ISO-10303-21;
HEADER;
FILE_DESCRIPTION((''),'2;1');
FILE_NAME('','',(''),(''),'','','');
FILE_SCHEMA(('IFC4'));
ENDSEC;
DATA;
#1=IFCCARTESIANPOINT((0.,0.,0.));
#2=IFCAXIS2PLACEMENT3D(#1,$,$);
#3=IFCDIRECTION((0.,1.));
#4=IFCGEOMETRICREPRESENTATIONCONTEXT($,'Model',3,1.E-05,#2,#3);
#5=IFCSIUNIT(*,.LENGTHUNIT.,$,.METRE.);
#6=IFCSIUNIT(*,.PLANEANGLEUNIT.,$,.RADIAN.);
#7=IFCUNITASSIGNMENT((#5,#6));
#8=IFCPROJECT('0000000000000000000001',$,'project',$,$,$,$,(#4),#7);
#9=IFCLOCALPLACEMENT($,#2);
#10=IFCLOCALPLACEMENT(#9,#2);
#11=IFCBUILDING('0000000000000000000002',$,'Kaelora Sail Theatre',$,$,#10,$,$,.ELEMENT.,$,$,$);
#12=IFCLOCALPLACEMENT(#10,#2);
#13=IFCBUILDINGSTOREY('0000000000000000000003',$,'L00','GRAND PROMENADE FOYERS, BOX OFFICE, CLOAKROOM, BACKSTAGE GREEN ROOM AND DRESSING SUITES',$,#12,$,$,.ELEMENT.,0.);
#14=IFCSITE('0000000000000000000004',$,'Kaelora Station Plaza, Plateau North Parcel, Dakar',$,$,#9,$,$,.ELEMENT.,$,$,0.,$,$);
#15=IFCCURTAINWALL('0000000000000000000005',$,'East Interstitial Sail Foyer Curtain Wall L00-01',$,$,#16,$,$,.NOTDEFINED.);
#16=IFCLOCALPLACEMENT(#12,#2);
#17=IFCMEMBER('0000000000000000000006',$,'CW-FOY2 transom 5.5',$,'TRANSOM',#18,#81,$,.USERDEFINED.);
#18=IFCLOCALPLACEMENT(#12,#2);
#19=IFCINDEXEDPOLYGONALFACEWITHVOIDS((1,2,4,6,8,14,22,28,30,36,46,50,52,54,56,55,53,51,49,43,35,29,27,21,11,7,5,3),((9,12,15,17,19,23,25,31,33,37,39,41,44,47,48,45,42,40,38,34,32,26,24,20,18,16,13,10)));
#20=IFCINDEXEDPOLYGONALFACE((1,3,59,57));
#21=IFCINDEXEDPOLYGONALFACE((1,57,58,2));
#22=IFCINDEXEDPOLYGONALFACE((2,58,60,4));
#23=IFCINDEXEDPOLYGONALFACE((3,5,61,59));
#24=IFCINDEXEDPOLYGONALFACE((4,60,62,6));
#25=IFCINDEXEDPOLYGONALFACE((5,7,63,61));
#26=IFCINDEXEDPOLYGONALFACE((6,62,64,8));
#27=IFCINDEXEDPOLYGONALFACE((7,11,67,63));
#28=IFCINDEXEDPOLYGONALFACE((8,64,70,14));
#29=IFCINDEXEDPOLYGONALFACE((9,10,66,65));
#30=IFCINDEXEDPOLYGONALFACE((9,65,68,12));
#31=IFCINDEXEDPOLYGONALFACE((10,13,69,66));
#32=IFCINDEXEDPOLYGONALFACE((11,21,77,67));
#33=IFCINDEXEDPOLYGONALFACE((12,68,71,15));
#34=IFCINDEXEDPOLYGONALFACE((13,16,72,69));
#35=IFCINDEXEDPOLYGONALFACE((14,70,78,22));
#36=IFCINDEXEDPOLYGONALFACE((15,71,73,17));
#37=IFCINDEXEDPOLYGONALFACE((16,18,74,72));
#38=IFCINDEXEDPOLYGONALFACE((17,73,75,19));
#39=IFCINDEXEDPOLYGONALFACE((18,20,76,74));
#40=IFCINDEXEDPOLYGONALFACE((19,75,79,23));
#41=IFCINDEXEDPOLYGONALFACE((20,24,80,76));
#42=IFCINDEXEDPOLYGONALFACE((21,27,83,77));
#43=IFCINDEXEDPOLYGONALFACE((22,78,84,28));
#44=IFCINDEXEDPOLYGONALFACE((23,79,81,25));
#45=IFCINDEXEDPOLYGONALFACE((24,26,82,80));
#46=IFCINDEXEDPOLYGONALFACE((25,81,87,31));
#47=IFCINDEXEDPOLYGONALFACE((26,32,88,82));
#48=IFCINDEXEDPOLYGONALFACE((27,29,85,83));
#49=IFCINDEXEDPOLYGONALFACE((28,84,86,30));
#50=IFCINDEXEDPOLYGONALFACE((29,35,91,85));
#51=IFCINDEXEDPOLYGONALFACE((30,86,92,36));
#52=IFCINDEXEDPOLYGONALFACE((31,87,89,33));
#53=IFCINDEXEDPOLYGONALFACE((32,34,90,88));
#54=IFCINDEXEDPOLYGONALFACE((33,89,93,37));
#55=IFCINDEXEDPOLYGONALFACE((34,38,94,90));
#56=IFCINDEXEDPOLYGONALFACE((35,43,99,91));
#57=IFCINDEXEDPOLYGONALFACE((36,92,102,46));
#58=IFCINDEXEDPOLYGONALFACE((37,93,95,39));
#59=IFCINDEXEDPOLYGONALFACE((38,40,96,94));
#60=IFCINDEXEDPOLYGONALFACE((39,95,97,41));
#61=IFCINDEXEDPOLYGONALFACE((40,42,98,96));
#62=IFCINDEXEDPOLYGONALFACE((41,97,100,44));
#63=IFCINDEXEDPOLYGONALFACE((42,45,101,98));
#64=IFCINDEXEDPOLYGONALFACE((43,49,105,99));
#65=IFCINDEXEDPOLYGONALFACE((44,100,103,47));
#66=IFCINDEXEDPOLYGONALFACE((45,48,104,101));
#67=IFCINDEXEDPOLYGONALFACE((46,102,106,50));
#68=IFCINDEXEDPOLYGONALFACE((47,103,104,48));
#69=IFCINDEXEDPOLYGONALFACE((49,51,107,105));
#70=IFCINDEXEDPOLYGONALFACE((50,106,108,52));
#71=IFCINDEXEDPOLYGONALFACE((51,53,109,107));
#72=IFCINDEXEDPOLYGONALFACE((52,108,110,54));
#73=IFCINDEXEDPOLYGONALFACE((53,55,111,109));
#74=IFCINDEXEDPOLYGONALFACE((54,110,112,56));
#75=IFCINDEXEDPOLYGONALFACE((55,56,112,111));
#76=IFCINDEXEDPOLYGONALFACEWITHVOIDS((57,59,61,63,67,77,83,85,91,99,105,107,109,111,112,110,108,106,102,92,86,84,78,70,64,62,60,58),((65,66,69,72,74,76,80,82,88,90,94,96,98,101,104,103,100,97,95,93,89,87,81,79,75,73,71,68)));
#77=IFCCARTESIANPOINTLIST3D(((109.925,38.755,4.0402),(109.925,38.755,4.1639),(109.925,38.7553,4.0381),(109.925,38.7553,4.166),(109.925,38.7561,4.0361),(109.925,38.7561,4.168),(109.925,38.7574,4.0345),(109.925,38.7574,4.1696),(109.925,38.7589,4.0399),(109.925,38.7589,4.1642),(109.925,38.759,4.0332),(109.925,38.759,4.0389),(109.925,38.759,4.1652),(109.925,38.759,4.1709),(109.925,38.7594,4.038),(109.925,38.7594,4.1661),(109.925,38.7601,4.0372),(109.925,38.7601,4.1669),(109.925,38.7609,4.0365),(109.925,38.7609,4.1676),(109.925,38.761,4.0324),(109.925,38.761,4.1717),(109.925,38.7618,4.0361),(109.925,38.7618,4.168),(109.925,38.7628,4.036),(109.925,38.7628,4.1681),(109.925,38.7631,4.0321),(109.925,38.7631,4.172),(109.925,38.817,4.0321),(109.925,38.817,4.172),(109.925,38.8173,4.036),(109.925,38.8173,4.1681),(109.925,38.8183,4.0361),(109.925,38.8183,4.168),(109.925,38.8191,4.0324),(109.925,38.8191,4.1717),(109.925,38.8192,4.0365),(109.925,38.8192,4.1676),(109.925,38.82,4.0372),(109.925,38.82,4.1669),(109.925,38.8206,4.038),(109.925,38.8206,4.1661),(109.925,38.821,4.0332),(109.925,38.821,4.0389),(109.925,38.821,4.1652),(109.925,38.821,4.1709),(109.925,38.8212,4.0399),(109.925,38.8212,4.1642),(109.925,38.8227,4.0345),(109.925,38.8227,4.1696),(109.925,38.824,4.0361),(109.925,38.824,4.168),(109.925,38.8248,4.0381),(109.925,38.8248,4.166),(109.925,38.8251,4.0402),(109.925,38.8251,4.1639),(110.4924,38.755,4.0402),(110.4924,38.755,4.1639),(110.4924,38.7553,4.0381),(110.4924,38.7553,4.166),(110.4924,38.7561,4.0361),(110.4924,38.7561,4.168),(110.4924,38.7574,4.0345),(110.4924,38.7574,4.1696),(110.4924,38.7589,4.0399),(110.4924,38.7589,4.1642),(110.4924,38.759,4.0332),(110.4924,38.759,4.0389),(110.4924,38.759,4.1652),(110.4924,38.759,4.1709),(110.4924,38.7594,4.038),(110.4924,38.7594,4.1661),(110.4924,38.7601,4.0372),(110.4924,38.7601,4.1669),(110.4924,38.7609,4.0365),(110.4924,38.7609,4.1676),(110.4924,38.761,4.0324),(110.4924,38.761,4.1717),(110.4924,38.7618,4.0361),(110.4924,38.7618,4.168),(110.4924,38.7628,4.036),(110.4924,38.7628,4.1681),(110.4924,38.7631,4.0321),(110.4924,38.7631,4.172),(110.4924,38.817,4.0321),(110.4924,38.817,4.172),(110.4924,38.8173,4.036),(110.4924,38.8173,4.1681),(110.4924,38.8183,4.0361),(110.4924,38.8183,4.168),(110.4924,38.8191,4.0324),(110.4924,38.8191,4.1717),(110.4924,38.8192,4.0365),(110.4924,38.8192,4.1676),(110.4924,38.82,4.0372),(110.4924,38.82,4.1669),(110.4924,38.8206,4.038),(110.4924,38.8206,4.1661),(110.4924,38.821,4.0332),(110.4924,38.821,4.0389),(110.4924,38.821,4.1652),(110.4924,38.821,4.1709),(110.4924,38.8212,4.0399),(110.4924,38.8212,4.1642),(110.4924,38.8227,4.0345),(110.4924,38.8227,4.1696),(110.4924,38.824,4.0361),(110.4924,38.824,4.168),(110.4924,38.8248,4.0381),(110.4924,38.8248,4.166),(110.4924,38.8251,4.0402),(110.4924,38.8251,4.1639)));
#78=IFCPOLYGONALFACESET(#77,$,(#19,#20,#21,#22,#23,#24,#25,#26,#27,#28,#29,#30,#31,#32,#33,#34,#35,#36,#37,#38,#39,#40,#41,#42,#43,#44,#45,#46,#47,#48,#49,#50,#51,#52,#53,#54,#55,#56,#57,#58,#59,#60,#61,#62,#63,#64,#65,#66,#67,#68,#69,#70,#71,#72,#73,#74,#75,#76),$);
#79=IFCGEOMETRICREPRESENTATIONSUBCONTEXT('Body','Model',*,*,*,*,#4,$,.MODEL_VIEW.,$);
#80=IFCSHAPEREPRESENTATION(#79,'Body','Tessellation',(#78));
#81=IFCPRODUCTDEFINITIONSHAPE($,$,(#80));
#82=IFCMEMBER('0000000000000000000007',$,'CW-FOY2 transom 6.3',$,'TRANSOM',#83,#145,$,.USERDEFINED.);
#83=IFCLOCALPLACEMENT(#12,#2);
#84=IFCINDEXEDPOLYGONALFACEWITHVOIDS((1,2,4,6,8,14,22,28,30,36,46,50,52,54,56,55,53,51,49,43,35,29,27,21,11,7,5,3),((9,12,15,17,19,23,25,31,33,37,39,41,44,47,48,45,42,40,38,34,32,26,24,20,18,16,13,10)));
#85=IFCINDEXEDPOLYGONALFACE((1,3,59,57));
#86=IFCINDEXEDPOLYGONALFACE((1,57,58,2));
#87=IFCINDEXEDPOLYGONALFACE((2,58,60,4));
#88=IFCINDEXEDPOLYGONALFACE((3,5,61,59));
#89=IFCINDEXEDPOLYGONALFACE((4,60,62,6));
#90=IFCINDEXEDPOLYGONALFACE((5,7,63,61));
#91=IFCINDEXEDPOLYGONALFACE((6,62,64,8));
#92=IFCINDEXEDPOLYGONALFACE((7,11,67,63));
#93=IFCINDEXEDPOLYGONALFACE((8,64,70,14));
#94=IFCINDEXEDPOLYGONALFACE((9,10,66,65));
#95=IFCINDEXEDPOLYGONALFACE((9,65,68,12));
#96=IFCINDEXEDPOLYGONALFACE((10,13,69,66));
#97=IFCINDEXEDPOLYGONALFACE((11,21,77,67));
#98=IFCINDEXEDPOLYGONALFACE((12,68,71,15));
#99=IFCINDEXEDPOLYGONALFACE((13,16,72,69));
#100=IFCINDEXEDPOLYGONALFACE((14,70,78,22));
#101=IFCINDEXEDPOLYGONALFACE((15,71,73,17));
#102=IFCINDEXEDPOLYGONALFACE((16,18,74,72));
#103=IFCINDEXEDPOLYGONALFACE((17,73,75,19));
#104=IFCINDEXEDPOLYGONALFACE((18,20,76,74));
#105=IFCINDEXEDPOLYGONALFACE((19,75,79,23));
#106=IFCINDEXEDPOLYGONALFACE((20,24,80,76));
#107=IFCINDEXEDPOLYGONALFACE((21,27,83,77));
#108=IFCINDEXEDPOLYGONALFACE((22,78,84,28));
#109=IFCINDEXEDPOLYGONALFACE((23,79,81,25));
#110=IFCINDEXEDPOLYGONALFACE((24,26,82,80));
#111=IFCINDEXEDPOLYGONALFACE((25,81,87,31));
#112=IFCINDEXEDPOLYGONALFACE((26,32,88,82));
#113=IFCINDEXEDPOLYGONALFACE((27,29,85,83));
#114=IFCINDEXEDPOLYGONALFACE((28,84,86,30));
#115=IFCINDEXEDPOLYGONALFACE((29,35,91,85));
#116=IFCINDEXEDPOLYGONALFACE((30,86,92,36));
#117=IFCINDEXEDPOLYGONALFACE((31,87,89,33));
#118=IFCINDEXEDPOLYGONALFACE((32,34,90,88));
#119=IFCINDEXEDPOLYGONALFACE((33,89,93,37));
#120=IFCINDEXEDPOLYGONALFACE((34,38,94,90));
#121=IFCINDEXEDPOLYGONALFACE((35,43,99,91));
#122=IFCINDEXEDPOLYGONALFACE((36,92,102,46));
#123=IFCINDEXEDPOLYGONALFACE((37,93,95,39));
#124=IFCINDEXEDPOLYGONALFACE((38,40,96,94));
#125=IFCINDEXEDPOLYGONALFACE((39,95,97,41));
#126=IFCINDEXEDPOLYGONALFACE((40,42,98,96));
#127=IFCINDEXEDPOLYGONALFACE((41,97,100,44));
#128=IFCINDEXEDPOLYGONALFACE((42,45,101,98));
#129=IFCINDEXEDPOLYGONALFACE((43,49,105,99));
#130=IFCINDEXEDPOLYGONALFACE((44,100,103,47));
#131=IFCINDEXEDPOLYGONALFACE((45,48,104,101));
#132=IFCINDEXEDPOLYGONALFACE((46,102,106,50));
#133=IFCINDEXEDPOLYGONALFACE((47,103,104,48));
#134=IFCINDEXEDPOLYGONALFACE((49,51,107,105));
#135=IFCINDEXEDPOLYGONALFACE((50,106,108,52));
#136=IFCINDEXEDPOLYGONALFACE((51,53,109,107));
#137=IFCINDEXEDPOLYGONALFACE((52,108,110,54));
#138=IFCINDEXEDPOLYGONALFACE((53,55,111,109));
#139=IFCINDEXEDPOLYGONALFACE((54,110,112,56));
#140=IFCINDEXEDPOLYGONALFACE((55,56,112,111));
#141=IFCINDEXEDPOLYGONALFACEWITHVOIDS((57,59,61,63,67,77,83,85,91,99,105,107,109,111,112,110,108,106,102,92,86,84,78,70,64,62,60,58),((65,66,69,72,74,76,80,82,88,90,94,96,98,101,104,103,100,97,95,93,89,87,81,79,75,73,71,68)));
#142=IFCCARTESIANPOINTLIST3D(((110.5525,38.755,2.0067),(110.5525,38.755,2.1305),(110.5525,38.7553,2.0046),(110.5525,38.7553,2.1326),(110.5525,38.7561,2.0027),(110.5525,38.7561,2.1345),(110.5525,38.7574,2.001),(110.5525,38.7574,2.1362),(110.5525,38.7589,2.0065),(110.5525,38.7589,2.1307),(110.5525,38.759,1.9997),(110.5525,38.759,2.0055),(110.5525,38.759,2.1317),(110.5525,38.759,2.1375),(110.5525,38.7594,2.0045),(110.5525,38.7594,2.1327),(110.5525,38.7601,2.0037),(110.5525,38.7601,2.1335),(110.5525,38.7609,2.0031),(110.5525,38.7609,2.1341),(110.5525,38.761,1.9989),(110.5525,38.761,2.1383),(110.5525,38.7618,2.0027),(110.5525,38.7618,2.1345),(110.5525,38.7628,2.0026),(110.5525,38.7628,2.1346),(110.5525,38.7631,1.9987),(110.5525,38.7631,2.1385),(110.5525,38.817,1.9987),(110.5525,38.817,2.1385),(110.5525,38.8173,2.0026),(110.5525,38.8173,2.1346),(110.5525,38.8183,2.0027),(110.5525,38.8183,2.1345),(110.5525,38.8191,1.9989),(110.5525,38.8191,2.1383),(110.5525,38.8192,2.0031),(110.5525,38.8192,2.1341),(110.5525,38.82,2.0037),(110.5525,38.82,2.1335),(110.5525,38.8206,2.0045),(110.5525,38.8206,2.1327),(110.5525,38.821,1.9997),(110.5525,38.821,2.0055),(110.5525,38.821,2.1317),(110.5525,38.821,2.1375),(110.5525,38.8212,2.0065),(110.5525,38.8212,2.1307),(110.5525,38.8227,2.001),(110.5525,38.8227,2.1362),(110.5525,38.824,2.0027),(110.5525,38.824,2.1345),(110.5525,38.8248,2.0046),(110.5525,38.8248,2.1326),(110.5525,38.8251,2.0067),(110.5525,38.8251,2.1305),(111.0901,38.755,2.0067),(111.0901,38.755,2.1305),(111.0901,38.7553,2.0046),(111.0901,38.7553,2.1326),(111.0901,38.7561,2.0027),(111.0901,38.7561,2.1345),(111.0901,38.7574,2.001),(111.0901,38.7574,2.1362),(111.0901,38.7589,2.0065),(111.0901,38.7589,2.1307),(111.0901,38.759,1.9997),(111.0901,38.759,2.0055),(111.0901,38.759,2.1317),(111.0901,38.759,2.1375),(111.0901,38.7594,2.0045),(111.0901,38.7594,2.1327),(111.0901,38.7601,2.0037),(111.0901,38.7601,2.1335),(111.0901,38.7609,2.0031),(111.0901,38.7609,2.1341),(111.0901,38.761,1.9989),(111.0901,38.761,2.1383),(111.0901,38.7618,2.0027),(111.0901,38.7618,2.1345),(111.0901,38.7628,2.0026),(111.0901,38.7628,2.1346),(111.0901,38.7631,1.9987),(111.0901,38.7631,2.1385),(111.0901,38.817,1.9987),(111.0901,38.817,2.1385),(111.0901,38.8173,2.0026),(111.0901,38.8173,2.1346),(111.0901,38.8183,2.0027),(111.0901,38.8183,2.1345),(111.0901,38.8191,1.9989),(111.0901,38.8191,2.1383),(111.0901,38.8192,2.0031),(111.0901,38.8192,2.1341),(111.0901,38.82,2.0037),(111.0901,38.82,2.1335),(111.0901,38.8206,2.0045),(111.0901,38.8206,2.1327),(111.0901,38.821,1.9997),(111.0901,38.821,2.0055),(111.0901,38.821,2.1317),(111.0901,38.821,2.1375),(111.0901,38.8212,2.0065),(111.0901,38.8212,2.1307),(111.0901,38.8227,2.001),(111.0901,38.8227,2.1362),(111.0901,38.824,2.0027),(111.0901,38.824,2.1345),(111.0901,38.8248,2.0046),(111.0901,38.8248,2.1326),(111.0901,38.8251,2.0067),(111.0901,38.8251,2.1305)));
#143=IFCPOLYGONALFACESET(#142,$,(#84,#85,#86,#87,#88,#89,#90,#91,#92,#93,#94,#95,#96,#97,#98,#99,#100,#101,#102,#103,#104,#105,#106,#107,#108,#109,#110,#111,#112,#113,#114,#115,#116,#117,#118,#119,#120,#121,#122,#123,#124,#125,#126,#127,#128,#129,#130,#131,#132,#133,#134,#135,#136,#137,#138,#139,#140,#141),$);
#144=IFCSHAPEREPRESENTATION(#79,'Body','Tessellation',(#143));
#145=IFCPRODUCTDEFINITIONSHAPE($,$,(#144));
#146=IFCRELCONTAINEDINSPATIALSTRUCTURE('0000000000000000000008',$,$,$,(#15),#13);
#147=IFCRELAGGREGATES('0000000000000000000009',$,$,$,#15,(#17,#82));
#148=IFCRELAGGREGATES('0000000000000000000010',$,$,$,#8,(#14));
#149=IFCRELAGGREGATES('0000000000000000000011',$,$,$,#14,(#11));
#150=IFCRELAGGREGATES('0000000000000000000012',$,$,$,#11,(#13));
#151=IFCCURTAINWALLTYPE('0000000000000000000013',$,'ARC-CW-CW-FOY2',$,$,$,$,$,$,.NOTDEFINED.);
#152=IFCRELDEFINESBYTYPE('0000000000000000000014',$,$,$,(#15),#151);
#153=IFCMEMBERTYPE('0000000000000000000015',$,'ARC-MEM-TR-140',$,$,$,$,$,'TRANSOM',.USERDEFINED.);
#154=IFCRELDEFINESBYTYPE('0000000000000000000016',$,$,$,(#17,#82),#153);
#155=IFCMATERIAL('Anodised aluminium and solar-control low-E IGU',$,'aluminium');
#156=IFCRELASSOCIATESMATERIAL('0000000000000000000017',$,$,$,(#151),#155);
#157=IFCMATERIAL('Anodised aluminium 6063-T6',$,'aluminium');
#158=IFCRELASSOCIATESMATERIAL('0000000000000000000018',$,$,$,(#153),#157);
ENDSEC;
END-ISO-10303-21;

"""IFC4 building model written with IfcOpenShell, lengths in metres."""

from ifc_helpers import new_model, si_unit, direction, frame, origin, origin_2d, place, context, subcontext, project, spatial, hollow_rectangle, extrude, material, material_profile, profile_set, type_object, element, aggregate, save


model = new_model("IFC4")

# Units and contexts
model_context = context("Model", 3, precision=1e-05, world=origin(), true_north=direction((0.0, 1.0)))
body_context = subcontext(model_context, "Body", "Model", "MODEL_VIEW")
ifc_project = project(units=[si_unit("LENGTHUNIT", "METRE"), si_unit("PLANEANGLEUNIT", "RADIAN")], contexts=[model_context])

# Site, building, storey
site_placement = place(None, origin())
site = spatial("IfcSite", under=ifc_project, at=site_placement, Name="Kaelora Station Plaza, Plateau North Parcel, Dakar", CompositionType="ELEMENT", RefElevation=0.0)
building_placement = place(site_placement, origin())
building = spatial("IfcBuilding", under=site, at=building_placement, Name="Kaelora Sail Theatre", CompositionType="ELEMENT")
storey_placement = place(building_placement, origin())
storey = spatial("IfcBuildingStorey", under=building, at=storey_placement, Name="L00", Description="GRAND PROMENADE FOYERS, BOX OFFICE, CLOAKROOM, BACKSTAGE GREEN ROOM AND DRESSING SUITES", CompositionType="ELEMENT", Elevation=0.0)

# Curtain wall, members
ifc_material_1 = material(Name="Anodised aluminium and solar-control low-E IGU", Category="aluminium")
curtain_wall_type = type_object("IfcCurtainWallType", Name="ARC-CW-CW-FOY2", PredefinedType="NOTDEFINED", material=ifc_material_1)
curtain_wall_1_placement = place(storey_placement, origin())
curtain_wall_1 = element("IfcCurtainWall", 1, at=curtain_wall_1_placement, inside=storey, type_object=curtain_wall_type, Name="East Interstitial Sail Foyer Curtain Wall L00-01", PredefinedType="NOTDEFINED")
ifc_material_2 = material(Name="Anodised aluminium 6063-T6", Category="aluminium")
ifc_material_profile = material_profile(ifc_material_2, hollow_rectangle(XDim=0.0701, YDim=0.1399, WallThickness=0.0039, InnerFilletRadius=0.0039, OuterFilletRadius=0.0081, at=origin_2d()), Name="ALU-TRAN 70x140x4")
ifc_profile_set = profile_set([ifc_material_profile], Name="Anodised aluminium 6063-T6")
member_type = type_object("IfcMemberType", Name="ARC-MEM-TR-140", ElementType="TRANSOM", PredefinedType="USERDEFINED", material=ifc_profile_set)
member_1_placement = place(storey_placement, frame((109.925, 38.79, 4.1021), z_axis=(1.0, 0.0, 0.0), x_axis=(0.0, 1.0, 0.0)))
member_1 = element("IfcMember", 2, at=member_1_placement, type_object=member_type, Name="CW-FOY2 transom 5.5", ObjectType="TRANSOM", PredefinedType="USERDEFINED", context=body_context, shape_type="SweptSolid", body=[
    extrude(hollow_rectangle(XDim=0.0701, YDim=0.1399, WallThickness=0.0039, InnerFilletRadius=0.0039, OuterFilletRadius=0.0081, at=origin_2d()), origin(), (0.0, 0.0, 1.0), 0.5674),
])
member_2_placement = place(storey_placement, frame((110.5525, 38.79, 2.0686), z_axis=(1.0, 0.0, 0.0), x_axis=(0.0, 1.0, 0.0)))
member_2 = element("IfcMember", 3, at=member_2_placement, type_object=member_type, Name="CW-FOY2 transom 6.3", ObjectType="TRANSOM", PredefinedType="USERDEFINED", context=body_context, shape_type="SweptSolid", body=[
    extrude(hollow_rectangle(XDim=0.0701, YDim=0.1399, WallThickness=0.0039, InnerFilletRadius=0.0039, OuterFilletRadius=0.0081, at=origin_2d()), origin(), (0.0, 0.0, 1.0), 0.5376),
])

aggregate(curtain_wall_1, [member_1, member_2])

save(model, "model.ifc")
